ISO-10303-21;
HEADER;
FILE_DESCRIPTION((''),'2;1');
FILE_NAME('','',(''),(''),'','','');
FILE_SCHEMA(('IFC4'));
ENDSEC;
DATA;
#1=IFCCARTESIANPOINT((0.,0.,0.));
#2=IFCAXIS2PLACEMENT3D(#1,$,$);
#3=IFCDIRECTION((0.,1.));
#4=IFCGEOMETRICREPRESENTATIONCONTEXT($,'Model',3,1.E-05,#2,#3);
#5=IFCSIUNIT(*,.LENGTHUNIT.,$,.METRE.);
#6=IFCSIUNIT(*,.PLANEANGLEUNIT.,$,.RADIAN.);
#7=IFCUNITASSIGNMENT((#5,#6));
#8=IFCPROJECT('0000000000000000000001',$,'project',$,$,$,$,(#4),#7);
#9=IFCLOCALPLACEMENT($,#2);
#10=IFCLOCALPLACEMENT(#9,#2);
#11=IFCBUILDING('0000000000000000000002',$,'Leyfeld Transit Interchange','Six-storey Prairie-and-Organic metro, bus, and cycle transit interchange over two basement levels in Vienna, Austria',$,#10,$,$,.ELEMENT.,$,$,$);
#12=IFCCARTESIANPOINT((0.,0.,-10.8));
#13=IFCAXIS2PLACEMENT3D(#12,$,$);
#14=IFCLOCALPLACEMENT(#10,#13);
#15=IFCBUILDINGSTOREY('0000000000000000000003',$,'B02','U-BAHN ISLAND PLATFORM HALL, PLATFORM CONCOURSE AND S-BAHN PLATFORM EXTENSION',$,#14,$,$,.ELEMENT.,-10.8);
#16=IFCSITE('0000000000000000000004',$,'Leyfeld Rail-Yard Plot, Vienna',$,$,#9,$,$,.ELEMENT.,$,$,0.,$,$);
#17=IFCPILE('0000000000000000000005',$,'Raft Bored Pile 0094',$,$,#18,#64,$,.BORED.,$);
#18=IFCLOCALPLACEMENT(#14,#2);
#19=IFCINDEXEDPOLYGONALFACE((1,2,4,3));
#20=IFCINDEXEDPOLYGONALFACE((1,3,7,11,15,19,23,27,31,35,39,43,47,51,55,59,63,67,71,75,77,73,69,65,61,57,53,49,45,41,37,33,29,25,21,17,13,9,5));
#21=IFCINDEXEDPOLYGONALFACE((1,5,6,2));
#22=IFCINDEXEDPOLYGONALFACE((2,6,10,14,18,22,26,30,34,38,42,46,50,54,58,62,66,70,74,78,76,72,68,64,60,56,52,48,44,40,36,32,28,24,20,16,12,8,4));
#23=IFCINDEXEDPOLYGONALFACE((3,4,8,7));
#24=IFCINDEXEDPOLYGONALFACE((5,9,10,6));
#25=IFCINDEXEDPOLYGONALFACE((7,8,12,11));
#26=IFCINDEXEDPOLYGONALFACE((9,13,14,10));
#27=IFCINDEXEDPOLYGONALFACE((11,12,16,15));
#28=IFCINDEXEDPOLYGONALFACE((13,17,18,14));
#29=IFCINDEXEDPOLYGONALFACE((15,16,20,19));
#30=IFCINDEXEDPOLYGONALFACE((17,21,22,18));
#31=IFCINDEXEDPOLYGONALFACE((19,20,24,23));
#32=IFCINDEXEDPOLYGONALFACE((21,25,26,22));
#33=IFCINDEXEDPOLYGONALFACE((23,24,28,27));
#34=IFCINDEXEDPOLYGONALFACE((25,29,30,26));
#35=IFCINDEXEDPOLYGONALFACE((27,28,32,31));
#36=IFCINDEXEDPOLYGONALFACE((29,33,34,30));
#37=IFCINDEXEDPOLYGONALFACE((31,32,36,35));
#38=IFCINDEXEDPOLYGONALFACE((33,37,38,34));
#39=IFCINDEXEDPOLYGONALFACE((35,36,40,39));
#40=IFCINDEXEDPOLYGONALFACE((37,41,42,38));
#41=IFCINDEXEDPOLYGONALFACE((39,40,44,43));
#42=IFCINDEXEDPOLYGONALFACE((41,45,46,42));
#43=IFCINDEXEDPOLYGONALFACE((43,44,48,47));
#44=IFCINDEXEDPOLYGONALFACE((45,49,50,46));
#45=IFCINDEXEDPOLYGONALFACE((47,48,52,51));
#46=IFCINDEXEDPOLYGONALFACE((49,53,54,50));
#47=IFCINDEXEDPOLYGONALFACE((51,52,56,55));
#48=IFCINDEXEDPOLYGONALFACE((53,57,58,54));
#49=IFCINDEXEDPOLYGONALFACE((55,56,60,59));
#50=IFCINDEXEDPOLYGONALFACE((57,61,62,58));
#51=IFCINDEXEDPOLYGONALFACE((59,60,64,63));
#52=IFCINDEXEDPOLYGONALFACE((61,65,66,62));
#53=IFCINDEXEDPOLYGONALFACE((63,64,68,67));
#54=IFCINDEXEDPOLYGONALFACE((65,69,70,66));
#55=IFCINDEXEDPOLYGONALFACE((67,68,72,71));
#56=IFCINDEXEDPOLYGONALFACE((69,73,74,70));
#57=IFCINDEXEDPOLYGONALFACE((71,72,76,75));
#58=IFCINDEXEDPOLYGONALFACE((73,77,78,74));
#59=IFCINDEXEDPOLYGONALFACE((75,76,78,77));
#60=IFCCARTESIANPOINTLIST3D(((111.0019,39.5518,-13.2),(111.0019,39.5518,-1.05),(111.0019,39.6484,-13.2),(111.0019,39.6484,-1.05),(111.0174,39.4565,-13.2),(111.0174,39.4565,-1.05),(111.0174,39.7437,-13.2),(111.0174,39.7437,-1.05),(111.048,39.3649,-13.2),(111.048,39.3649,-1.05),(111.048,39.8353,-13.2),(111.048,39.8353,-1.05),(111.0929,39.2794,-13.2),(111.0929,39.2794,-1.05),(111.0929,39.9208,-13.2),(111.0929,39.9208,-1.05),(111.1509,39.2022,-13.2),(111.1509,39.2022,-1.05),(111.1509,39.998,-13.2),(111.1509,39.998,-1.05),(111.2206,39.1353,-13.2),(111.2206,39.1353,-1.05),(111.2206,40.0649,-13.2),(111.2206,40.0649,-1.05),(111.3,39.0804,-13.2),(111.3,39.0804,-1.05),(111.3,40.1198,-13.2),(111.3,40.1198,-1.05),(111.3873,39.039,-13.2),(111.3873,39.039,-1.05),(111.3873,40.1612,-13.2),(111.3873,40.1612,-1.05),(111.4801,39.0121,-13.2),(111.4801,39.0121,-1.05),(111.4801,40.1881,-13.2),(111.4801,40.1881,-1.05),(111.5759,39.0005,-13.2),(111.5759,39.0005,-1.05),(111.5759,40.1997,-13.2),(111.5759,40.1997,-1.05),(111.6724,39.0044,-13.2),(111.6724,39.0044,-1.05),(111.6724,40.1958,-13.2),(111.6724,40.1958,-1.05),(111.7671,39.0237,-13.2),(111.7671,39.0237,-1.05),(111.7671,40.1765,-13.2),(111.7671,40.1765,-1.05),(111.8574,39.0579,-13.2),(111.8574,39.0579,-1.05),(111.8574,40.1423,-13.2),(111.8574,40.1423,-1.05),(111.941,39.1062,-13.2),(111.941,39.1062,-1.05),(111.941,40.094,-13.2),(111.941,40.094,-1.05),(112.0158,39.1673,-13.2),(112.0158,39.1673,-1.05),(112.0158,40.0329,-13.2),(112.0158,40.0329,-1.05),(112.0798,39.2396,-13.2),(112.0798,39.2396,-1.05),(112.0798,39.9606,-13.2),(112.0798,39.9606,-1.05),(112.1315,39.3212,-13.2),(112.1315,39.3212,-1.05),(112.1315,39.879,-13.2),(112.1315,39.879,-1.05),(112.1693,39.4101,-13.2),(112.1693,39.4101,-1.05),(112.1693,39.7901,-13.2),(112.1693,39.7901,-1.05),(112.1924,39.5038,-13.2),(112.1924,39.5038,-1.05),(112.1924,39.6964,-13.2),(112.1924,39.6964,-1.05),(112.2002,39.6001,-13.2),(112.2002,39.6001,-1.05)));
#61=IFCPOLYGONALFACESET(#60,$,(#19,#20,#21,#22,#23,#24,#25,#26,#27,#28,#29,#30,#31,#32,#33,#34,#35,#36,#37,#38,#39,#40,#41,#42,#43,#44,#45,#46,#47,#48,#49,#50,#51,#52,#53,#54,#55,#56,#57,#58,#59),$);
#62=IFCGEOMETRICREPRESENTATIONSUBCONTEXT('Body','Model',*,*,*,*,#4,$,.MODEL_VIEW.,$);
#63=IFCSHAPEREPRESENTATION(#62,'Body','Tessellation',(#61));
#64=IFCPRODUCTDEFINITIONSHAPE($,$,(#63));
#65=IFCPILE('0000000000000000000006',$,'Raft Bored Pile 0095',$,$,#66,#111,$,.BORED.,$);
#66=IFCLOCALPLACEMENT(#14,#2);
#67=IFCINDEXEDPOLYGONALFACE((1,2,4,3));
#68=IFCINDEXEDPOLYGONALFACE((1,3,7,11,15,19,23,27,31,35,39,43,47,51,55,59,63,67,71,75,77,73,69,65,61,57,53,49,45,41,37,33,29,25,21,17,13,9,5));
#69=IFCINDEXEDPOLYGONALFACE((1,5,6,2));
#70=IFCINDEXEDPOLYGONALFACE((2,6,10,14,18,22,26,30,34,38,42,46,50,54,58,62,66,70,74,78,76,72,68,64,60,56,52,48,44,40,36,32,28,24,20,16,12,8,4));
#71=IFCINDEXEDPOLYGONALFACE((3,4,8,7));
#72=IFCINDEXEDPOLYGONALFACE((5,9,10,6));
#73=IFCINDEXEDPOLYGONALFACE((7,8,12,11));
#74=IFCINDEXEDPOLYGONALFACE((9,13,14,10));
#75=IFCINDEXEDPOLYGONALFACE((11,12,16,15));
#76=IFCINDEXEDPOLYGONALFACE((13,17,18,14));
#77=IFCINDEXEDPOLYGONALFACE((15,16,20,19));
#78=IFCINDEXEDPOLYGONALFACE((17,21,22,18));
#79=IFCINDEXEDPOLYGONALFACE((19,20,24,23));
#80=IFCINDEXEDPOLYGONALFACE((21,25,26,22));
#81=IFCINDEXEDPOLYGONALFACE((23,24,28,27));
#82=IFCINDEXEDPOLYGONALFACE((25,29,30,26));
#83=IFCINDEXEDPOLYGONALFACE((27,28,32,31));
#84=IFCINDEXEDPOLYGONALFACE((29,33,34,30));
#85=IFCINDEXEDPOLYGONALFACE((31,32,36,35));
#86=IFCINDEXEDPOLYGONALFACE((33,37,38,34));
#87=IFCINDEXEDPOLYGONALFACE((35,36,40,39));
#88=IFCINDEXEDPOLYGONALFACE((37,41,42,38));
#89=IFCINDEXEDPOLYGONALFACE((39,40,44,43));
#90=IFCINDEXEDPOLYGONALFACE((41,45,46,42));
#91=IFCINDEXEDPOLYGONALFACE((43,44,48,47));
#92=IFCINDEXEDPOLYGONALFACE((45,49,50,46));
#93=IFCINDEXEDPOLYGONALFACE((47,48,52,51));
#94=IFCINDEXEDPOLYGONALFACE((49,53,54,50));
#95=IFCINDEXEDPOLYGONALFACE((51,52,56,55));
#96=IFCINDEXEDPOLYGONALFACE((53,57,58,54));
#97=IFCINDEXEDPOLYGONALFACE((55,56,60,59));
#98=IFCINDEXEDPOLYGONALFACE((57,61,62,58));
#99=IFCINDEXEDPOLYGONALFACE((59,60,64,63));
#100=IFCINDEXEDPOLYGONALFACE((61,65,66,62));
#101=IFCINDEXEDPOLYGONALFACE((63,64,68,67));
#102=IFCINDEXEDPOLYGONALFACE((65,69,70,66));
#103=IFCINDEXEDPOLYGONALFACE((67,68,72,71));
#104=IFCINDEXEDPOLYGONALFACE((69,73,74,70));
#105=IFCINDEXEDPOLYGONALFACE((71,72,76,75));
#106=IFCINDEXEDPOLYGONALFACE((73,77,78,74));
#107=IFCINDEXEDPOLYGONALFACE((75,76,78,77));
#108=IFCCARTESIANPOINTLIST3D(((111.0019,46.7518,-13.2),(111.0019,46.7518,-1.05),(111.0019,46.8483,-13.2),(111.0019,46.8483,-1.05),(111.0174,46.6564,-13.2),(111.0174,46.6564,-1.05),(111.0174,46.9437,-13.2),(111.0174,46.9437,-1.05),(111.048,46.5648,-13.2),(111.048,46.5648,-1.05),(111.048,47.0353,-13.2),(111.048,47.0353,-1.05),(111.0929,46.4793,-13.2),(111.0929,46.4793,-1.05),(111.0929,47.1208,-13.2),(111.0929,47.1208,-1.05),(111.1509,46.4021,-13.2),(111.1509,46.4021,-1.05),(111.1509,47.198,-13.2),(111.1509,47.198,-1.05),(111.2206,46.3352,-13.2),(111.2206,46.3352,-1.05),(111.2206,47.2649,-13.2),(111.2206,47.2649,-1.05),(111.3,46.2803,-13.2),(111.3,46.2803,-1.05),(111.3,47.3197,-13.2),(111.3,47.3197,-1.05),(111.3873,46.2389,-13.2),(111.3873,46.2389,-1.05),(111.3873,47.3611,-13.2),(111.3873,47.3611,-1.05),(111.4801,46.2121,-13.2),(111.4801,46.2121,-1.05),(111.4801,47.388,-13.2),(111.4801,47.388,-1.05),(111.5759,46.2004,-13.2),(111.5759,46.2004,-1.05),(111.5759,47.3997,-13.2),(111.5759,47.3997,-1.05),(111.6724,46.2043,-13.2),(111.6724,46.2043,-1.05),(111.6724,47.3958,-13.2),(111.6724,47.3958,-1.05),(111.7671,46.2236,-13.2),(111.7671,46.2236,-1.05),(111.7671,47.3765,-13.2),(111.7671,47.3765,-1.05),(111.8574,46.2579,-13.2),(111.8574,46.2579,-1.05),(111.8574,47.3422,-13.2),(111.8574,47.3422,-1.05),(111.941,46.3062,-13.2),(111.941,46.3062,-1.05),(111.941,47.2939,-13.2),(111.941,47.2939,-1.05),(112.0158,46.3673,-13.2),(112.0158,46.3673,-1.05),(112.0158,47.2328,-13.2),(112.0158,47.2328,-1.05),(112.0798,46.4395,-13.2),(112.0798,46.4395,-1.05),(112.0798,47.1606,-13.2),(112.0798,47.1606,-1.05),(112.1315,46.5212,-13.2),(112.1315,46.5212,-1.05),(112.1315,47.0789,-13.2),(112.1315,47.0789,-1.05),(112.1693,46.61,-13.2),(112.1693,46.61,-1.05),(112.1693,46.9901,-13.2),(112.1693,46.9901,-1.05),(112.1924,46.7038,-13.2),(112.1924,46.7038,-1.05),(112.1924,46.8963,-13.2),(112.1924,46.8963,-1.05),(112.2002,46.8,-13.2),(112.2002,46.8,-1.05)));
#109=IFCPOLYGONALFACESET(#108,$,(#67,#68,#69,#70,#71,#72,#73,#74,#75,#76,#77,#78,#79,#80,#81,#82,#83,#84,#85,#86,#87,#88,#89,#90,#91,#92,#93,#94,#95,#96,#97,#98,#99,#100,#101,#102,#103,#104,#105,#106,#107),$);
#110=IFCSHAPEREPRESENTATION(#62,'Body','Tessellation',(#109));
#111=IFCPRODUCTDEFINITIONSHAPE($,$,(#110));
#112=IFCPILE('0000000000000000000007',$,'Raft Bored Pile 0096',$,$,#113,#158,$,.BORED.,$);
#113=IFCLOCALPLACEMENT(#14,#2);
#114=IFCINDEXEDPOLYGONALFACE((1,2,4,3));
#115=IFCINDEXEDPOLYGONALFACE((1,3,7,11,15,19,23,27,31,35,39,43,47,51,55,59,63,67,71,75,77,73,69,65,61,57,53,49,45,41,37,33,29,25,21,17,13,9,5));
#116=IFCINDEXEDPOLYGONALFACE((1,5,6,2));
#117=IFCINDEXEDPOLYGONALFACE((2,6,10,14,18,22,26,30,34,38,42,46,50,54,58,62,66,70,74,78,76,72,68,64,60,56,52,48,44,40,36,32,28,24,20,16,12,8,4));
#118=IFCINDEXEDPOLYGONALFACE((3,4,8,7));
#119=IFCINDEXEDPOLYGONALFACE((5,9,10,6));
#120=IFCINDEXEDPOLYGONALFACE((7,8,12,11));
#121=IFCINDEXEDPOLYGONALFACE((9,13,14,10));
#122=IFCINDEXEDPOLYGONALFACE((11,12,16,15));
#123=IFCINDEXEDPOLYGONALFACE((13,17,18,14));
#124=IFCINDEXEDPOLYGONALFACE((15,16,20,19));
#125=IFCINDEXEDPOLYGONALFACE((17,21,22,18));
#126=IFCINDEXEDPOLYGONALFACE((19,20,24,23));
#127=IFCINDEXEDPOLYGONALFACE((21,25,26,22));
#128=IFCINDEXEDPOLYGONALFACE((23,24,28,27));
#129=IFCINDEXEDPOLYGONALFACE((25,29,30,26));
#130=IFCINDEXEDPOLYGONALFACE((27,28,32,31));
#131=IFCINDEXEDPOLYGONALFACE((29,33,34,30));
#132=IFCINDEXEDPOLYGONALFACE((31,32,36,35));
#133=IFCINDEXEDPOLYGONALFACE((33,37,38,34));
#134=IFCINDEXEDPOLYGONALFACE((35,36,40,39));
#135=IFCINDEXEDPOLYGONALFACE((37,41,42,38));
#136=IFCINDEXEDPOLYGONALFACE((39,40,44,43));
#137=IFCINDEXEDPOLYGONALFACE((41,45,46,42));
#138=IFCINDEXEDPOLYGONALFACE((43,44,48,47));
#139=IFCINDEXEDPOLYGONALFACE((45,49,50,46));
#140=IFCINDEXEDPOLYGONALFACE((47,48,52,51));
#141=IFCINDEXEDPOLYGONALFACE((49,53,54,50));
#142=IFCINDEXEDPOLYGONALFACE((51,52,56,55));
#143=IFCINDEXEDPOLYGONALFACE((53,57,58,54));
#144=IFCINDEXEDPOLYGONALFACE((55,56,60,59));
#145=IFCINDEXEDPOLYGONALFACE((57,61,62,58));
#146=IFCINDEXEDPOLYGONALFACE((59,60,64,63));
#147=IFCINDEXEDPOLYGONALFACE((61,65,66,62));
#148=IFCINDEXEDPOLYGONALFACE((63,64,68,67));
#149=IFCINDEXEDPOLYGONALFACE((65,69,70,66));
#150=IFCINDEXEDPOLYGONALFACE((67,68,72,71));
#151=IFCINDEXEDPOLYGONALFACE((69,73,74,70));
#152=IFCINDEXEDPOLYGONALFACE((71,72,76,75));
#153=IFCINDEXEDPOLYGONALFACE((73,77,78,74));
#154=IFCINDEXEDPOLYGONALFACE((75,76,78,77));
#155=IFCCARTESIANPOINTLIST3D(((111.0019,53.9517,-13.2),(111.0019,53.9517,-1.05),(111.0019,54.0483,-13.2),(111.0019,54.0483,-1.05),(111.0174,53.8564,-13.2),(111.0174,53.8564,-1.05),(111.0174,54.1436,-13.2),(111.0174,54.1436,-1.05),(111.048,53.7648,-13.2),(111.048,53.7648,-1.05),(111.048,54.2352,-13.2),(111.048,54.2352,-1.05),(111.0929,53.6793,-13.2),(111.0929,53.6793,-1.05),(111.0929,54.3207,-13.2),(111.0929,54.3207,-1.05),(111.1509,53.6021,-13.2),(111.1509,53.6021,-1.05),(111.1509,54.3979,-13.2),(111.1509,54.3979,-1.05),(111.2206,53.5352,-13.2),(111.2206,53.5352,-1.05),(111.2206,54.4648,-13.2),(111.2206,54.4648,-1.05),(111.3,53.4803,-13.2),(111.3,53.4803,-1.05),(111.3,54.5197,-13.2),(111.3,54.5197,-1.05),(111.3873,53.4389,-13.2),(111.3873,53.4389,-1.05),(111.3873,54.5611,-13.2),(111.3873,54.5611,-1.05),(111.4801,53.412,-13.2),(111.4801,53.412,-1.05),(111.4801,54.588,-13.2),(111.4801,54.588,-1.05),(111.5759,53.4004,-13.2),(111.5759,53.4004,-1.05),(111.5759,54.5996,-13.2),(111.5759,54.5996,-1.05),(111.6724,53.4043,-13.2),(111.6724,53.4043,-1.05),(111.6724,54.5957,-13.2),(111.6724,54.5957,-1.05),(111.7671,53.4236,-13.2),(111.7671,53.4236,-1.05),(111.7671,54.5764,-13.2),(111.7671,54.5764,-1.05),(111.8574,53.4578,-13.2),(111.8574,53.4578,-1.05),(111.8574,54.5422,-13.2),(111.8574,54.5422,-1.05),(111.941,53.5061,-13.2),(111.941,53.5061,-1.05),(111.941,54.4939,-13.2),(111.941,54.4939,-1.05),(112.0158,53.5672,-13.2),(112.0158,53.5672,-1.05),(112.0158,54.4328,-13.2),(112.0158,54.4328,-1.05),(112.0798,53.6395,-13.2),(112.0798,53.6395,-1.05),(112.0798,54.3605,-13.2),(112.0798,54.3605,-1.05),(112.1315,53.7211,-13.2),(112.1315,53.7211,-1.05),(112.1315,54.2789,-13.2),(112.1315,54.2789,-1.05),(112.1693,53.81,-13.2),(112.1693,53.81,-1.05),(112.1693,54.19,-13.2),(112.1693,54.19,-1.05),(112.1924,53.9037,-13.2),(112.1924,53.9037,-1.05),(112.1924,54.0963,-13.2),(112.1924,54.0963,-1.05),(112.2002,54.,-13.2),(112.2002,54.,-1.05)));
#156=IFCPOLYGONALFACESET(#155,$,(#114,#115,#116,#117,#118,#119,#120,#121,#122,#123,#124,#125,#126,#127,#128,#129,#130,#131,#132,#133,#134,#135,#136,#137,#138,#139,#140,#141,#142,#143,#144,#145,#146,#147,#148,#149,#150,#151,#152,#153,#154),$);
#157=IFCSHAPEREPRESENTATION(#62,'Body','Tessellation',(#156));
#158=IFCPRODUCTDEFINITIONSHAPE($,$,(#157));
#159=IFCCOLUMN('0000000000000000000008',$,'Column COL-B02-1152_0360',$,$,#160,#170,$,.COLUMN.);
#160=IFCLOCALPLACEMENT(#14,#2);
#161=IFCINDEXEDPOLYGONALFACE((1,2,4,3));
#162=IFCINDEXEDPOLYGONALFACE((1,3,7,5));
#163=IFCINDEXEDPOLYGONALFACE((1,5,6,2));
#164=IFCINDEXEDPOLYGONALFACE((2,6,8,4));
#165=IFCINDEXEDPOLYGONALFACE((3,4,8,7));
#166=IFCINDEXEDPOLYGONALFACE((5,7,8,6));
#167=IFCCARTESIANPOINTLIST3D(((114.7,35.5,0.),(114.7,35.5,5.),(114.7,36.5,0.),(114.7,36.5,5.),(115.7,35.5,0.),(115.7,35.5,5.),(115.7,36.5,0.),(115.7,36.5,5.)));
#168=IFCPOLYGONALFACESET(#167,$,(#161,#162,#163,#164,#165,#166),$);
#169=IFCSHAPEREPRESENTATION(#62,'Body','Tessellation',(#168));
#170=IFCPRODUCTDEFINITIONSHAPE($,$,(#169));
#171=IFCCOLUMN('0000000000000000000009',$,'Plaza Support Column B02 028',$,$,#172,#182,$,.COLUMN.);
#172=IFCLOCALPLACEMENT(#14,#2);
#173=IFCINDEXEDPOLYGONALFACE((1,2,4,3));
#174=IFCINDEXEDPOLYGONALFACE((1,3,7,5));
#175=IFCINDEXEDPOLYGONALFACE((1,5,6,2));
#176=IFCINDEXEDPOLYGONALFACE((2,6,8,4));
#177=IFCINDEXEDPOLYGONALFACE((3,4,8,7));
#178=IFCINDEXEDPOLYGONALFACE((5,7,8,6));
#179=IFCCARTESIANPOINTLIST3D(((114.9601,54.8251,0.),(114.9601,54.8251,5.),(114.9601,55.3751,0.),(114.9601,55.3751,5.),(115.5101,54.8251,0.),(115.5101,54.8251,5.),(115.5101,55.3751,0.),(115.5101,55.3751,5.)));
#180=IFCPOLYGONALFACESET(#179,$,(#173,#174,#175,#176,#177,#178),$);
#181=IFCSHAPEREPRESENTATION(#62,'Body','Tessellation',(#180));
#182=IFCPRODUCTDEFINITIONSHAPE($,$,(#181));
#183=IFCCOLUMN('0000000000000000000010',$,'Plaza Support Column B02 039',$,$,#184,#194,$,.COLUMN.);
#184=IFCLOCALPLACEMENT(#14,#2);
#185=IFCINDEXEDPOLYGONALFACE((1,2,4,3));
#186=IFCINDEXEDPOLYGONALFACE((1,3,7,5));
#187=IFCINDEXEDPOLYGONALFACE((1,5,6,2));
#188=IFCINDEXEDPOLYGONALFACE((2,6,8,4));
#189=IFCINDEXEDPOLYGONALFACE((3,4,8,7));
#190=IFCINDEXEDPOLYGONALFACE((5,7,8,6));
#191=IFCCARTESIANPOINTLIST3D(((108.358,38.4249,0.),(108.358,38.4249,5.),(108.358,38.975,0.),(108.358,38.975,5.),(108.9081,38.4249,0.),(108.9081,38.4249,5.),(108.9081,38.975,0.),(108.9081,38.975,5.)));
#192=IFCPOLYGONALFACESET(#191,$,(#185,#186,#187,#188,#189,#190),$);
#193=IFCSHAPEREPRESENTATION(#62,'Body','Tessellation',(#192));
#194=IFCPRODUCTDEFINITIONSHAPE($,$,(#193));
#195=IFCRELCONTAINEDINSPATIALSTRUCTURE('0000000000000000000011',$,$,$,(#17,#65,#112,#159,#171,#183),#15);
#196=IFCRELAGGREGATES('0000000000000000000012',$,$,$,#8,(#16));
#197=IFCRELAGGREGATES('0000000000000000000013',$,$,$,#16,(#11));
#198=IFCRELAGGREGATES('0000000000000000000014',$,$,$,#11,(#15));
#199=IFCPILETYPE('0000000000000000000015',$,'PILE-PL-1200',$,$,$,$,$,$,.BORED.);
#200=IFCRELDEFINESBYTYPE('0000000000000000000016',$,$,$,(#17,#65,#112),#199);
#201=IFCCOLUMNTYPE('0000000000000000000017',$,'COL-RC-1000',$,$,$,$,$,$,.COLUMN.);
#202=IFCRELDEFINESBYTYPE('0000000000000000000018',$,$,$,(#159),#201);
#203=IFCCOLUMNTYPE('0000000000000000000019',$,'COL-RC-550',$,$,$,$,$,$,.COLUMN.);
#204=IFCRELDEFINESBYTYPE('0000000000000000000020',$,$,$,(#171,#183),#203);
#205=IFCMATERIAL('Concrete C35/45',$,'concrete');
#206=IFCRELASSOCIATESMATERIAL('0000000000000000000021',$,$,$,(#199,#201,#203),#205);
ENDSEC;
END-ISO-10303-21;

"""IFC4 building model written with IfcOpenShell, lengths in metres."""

from ifc_helpers import new_model, si_unit, direction, frame, origin, origin_2d, place, context, subcontext, project, spatial, rectangle, circle, extrude, material, material_profile, profile_set, type_object, element, save


model = new_model("IFC4")

# Units and contexts
model_context = context("Model", 3, precision=1e-05, world=origin(), true_north=direction((0.0, 1.0)))
body_context = subcontext(model_context, "Body", "Model", "MODEL_VIEW")
ifc_project = project(units=[si_unit("LENGTHUNIT", "METRE"), si_unit("PLANEANGLEUNIT", "RADIAN")], contexts=[model_context])

# Site, building, storey
site_placement = place(None, origin())
site = spatial("IfcSite", under=ifc_project, at=site_placement, Name="Leyfeld Rail-Yard Plot, Vienna", CompositionType="ELEMENT", RefElevation=0.0)
building_placement = place(site_placement, origin())
building = spatial("IfcBuilding", under=site, at=building_placement, Name="Leyfeld Transit Interchange", Description="Six-storey Prairie-and-Organic metro, bus, and cycle transit interchange over two basement levels in Vienna, Austria", CompositionType="ELEMENT")
storey_placement = place(building_placement, frame((0.0, 0.0, -10.8)))
storey = spatial("IfcBuildingStorey", under=building, at=storey_placement, Name="B02", Description="U-BAHN ISLAND PLATFORM HALL, PLATFORM CONCOURSE AND S-BAHN PLATFORM EXTENSION", CompositionType="ELEMENT", Elevation=-10.8)

# Piles
ifc_material_1 = material(Name="Concrete C35/45", Category="concrete")
ifc_material_profile_1 = material_profile(ifc_material_1, circle(Radius=0.6001, at=origin_2d()), Name="PILE D1200")
ifc_profile_set_1 = profile_set([ifc_material_profile_1], Name="Concrete C35/45")
pile_type = type_object("IfcPileType", Name="PILE-PL-1200", PredefinedType="BORED", material=ifc_profile_set_1)
for number, where, z_axis, x_axis, name in (
    (1, (111.6001, 39.6001, -1.05), (0.0, 0.0, -1.0), (1.0, 0.0, 0.0), "Raft Bored Pile 0094"),
    (2, (111.6001, 46.8, -1.05), (0.0, 0.0, -1.0), (1.0, 0.0, 0.0), "Raft Bored Pile 0095"),
    (3, (111.6001, 54.0, -1.05), (0.0, 0.0, -1.0), (1.0, 0.0, 0.0), "Raft Bored Pile 0096"),
):
    element("IfcPile", number, at=place(storey_placement, frame(where, z_axis=z_axis, x_axis=x_axis)), inside=storey, type_object=pile_type, Name=name, PredefinedType="BORED", context=body_context, shape_type="SweptSolid", body=[
        extrude(circle(Radius=0.6001, at=origin_2d()), origin(), (0.0, 0.0, 1.0), 12.1499),
    ])

# Columns
ifc_material_profile_2 = material_profile(ifc_material_1, rectangle(XDim=1.0, YDim=1.0, at=origin_2d()), Name="RC 1000x1000")
ifc_profile_set_2 = profile_set([ifc_material_profile_2], Name="Concrete C35/45")
column_type_1 = type_object("IfcColumnType", Name="COL-RC-1000", PredefinedType="COLUMN", material=ifc_profile_set_2)
column_placement = place(storey_placement, frame((115.2, 36.0, 0.0), z_axis=(0.0, 0.0, 1.0), x_axis=(1.0, 0.0, 0.0)))
element("IfcColumn", 4, at=column_placement, inside=storey, type_object=column_type_1, Name="Column COL-B02-1152_0360", PredefinedType="COLUMN", context=body_context, shape_type="SweptSolid", body=[
    extrude(rectangle(XDim=1.0, YDim=1.0, at=origin_2d()), origin(), (0.0, 0.0, 1.0), 5.0),
])
ifc_material_profile_3 = material_profile(ifc_material_1, rectangle(XDim=0.55, YDim=0.55, at=origin_2d()), Name="RC 550x550")
ifc_profile_set_3 = profile_set([ifc_material_profile_3], Name="Concrete C35/45")
column_type_2 = type_object("IfcColumnType", Name="COL-RC-550", PredefinedType="COLUMN", material=ifc_profile_set_3)
for number, where, z_axis, x_axis, name in (
    (5, (115.2351, 55.1001, 0.0), (0.0, 0.0, 1.0), (1.0, 0.0, 0.0), "Plaza Support Column B02 028"),
    (6, (108.6331, 38.7, 0.0), (0.0, 0.0, 1.0), (1.0, 0.0, 0.0), "Plaza Support Column B02 039"),
):
    element("IfcColumn", number, at=place(storey_placement, frame(where, z_axis=z_axis, x_axis=x_axis)), inside=storey, type_object=column_type_2, Name=name, PredefinedType="COLUMN", context=body_context, shape_type="SweptSolid", body=[
        extrude(rectangle(XDim=0.55, YDim=0.55, at=origin_2d()), origin(), (0.0, 0.0, 1.0), 5.0),
    ])

save(model, "model.ifc")
